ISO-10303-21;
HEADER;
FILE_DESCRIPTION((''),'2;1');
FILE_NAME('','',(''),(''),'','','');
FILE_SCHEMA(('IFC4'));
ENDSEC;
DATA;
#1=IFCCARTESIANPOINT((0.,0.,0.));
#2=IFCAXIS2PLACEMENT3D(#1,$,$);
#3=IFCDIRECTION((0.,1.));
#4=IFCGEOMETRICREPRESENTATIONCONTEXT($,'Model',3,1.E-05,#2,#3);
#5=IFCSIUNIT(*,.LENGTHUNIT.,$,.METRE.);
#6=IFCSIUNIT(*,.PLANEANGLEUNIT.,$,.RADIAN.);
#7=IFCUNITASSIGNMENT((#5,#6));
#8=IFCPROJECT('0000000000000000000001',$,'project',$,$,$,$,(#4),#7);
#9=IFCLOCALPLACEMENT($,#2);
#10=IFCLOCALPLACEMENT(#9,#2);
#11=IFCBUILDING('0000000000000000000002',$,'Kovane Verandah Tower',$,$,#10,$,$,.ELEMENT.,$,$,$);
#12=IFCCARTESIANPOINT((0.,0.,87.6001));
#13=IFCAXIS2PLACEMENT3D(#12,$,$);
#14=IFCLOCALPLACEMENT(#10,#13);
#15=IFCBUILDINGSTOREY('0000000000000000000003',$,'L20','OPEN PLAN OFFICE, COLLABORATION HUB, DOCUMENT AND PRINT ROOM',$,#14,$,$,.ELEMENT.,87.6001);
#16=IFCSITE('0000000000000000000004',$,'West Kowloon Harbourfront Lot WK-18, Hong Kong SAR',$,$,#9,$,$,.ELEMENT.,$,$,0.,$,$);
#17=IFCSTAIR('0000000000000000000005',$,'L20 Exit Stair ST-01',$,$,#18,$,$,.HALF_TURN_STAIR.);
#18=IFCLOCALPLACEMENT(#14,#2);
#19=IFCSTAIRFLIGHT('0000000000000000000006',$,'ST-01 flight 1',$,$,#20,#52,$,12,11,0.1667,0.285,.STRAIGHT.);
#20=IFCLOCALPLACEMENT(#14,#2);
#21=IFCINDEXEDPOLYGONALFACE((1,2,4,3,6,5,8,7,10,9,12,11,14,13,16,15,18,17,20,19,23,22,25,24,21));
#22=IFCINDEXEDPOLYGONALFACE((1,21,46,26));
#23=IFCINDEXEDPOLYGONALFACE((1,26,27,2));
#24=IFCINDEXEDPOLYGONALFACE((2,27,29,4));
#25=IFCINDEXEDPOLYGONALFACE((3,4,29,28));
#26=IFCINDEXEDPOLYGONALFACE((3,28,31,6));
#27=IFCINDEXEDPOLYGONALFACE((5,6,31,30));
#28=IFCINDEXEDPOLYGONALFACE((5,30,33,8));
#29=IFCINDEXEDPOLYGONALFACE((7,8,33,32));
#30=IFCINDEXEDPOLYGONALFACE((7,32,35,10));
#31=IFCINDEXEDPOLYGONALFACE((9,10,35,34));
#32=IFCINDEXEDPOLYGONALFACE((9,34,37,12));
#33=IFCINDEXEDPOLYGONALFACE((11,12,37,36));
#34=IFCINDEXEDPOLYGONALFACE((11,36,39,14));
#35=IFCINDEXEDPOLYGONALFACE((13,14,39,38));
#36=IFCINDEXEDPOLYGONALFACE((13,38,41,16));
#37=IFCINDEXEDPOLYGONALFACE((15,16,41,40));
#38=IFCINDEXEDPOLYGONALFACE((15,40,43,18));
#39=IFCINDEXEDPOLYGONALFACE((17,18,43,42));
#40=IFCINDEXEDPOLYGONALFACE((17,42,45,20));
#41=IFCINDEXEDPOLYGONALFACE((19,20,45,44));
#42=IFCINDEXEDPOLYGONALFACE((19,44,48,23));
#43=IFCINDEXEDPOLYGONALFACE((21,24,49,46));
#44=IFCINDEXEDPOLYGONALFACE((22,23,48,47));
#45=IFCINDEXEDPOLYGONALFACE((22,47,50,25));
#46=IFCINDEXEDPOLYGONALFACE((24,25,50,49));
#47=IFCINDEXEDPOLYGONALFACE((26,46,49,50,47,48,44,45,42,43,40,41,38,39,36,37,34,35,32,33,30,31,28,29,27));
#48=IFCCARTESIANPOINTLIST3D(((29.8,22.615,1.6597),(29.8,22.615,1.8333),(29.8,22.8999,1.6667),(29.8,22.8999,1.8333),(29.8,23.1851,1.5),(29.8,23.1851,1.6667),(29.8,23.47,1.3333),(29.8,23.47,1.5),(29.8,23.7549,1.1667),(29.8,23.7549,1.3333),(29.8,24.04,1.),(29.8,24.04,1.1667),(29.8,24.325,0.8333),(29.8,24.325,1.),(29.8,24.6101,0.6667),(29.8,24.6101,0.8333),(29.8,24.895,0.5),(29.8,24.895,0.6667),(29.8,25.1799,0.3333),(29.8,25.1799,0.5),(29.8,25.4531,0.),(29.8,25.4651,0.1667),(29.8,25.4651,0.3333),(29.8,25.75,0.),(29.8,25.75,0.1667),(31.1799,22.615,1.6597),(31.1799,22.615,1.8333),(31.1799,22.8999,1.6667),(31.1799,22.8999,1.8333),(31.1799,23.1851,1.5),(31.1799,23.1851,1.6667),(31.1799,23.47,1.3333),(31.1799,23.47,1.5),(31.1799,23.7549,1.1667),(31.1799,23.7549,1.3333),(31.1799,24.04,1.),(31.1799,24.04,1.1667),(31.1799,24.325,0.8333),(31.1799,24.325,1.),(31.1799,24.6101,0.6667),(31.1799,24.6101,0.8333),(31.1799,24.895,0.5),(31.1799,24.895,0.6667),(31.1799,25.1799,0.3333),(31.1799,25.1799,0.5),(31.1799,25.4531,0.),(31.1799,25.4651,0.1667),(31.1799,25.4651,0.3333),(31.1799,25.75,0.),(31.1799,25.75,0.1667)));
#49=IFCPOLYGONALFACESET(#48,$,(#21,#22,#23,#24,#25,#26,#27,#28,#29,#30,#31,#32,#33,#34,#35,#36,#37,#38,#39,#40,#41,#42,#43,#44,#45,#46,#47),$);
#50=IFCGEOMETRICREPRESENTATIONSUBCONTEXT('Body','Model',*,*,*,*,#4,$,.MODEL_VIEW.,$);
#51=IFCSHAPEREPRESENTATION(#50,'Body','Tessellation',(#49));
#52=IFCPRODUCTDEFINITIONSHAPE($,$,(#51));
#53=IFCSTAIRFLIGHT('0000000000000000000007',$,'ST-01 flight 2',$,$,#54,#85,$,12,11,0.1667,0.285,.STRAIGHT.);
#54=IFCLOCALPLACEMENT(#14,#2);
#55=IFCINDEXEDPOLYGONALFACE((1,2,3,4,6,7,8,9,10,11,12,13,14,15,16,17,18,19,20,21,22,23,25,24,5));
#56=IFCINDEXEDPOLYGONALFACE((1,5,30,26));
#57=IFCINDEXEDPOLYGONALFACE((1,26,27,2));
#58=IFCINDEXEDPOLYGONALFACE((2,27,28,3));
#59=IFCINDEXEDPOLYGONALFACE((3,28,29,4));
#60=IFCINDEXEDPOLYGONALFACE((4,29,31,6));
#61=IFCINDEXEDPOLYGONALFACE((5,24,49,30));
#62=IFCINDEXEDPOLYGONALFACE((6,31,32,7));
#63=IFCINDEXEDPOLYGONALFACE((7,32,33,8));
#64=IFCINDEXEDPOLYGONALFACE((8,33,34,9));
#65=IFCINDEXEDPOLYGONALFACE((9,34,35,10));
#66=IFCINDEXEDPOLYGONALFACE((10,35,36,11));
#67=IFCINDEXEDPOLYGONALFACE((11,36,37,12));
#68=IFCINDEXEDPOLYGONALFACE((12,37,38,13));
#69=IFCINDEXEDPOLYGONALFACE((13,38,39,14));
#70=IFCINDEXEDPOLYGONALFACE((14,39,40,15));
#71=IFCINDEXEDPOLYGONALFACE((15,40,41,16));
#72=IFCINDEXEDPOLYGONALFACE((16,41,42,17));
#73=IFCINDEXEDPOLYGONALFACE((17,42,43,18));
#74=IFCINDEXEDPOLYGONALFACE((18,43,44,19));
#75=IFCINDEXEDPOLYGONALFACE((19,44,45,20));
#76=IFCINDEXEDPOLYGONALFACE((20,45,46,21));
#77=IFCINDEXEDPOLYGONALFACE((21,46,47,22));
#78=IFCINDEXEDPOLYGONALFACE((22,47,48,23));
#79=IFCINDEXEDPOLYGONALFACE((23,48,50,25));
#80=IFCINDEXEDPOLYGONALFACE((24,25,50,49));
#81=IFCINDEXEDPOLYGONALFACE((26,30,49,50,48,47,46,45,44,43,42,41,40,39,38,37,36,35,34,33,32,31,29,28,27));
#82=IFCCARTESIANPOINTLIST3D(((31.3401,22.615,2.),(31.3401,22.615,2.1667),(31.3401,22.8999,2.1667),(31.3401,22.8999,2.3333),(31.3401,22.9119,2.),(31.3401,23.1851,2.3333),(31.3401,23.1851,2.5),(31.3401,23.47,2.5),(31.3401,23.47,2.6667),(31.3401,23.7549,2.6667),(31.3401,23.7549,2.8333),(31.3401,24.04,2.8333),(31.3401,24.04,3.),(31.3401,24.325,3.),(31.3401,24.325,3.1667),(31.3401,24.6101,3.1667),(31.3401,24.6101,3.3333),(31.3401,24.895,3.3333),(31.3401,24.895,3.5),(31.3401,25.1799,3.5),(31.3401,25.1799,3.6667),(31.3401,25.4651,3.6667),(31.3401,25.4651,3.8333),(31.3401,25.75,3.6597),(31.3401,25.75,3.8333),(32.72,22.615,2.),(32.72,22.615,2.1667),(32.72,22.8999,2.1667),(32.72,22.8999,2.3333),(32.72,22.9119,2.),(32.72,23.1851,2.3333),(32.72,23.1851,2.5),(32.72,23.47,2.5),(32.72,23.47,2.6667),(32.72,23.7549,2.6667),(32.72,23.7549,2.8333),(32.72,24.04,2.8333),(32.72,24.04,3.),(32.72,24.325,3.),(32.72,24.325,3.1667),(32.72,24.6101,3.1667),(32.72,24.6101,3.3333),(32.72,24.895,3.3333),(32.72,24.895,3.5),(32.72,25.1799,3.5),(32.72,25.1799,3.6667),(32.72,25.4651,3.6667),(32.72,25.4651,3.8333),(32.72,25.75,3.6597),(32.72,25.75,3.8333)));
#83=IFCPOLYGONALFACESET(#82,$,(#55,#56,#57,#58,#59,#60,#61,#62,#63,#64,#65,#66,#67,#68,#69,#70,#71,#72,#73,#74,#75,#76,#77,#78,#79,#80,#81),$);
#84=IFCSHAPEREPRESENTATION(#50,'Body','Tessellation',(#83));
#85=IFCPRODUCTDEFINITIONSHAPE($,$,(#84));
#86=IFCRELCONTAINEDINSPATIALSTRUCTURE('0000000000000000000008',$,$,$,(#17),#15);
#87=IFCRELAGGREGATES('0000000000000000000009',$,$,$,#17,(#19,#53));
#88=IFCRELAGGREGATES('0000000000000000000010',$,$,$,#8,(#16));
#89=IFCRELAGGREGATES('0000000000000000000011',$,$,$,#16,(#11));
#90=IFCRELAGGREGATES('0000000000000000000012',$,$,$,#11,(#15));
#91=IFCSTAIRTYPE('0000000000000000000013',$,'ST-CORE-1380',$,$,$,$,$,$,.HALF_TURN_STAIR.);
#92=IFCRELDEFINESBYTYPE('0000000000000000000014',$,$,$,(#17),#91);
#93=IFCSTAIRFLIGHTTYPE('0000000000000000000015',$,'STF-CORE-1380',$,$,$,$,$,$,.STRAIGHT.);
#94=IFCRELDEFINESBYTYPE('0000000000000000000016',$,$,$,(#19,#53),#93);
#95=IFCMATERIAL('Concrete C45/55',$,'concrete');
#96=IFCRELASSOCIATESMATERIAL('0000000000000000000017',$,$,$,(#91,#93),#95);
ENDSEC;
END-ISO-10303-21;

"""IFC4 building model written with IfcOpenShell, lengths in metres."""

from ifc_helpers import new_model, si_unit, direction, frame, origin, place, context, subcontext, project, spatial, polyline, outline, extrude, material, type_object, element, aggregate, save


model = new_model("IFC4")

# Units and contexts
model_context = context("Model", 3, precision=1e-05, world=origin(), true_north=direction((0.0, 1.0)))
body_context = subcontext(model_context, "Body", "Model", "MODEL_VIEW")
ifc_project = project(units=[si_unit("LENGTHUNIT", "METRE"), si_unit("PLANEANGLEUNIT", "RADIAN")], contexts=[model_context])

# Site, building, storey
site_placement = place(None, origin())
site = spatial("IfcSite", under=ifc_project, at=site_placement, Name="West Kowloon Harbourfront Lot WK-18, Hong Kong SAR", CompositionType="ELEMENT", RefElevation=0.0)
building_placement = place(site_placement, origin())
building = spatial("IfcBuilding", under=site, at=building_placement, Name="Kovane Verandah Tower", CompositionType="ELEMENT")
storey_placement = place(building_placement, frame((0.0, 0.0, 87.6001)))
storey = spatial("IfcBuildingStorey", under=building, at=storey_placement, Name="L20", Description="OPEN PLAN OFFICE, COLLABORATION HUB, DOCUMENT AND PRINT ROOM", CompositionType="ELEMENT", Elevation=87.6001)

# Shared definitions
ifc_material_1 = material(Name="Concrete C45/55", Category="concrete")

# Stair, stair flights
stair_type = type_object("IfcStairType", Name="ST-CORE-1380", PredefinedType="HALF_TURN_STAIR", material=ifc_material_1)
stair_placement = place(storey_placement, origin())
stair = element("IfcStair", 1, at=stair_placement, inside=storey, type_object=stair_type, Name="L20 Exit Stair ST-01", PredefinedType="HALF_TURN_STAIR")
stair_flight_type = type_object("IfcStairFlightType", Name="STF-CORE-1380", PredefinedType="STRAIGHT", material=ifc_material_1)
stair_flight_1_placement = place(storey_placement, frame((30.49, 25.75, 0.0), z_axis=(0.0, 0.0, 1.0), x_axis=(0.0, -1.0, 0.0)))
stair_flight_1 = element("IfcStairFlight", 2, at=stair_flight_1_placement, type_object=stair_flight_type, Name="ST-01 flight 1", NumberOfRisers=12, NumberOfTreads=11, PredefinedType="STRAIGHT", RiserHeight=0.1667, TreadLength=0.285, context=body_context, shape_type="SweptSolid", body=[
    extrude(outline(polyline([(0.0, 0.0), (0.0, 0.1667), (0.2849, 0.1667), (0.2849, 0.3333), (0.5701, 0.3333), (0.5701, 0.5), (0.855, 0.5), (0.855, 0.6667), (1.1399, 0.6667), (1.1399, 0.8333), (1.425, 0.8333), (1.425, 1.0), (1.71, 1.0), (1.71, 1.1667), (1.9951, 1.1667), (1.9951, 1.3333), (2.28, 1.3333), (2.28, 1.5), (2.5649, 1.5), (2.5649, 1.6667), (2.8501, 1.6667), (2.8501, 1.8333), (3.135, 1.8333), (3.135, 2.0), (3.135, 1.6597), (0.2969, 0.0), (0.0, 0.0)])), frame((0.0, 0.6899, 0.0), z_axis=(0.0, -1.0, 0.0), x_axis=(1.0, 0.0, 0.0)), (0.0, 0.0, 1.0), 1.3799),
])
stair_flight_2_placement = place(storey_placement, frame((32.03, 22.615, 2.0), z_axis=(0.0, 0.0, 1.0), x_axis=(0.0, 1.0, 0.0)))
stair_flight_2 = element("IfcStairFlight", 3, at=stair_flight_2_placement, type_object=stair_flight_type, Name="ST-01 flight 2", NumberOfRisers=12, NumberOfTreads=11, PredefinedType="STRAIGHT", RiserHeight=0.1667, TreadLength=0.285, context=body_context, shape_type="SweptSolid", body=[
    extrude(outline(polyline([(0.0, 0.0), (0.0, 0.1667), (0.2849, 0.1667), (0.2849, 0.3333), (0.5701, 0.3333), (0.5701, 0.5), (0.855, 0.5), (0.855, 0.6667), (1.1399, 0.6667), (1.1399, 0.8333), (1.425, 0.8333), (1.425, 1.0), (1.71, 1.0), (1.71, 1.1667), (1.9951, 1.1667), (1.9951, 1.3333), (2.28, 1.3333), (2.28, 1.5), (2.5649, 1.5), (2.5649, 1.6667), (2.8501, 1.6667), (2.8501, 1.8333), (3.135, 1.8333), (3.135, 2.0), (3.135, 1.6597), (0.2969, 0.0), (0.0, 0.0)])), frame((0.0, 0.6899, 0.0), z_axis=(0.0, -1.0, 0.0), x_axis=(1.0, 0.0, 0.0)), (0.0, 0.0, 1.0), 1.3799),
])
aggregate(stair, [stair_flight_1, stair_flight_2])

save(model, "model.ifc")
